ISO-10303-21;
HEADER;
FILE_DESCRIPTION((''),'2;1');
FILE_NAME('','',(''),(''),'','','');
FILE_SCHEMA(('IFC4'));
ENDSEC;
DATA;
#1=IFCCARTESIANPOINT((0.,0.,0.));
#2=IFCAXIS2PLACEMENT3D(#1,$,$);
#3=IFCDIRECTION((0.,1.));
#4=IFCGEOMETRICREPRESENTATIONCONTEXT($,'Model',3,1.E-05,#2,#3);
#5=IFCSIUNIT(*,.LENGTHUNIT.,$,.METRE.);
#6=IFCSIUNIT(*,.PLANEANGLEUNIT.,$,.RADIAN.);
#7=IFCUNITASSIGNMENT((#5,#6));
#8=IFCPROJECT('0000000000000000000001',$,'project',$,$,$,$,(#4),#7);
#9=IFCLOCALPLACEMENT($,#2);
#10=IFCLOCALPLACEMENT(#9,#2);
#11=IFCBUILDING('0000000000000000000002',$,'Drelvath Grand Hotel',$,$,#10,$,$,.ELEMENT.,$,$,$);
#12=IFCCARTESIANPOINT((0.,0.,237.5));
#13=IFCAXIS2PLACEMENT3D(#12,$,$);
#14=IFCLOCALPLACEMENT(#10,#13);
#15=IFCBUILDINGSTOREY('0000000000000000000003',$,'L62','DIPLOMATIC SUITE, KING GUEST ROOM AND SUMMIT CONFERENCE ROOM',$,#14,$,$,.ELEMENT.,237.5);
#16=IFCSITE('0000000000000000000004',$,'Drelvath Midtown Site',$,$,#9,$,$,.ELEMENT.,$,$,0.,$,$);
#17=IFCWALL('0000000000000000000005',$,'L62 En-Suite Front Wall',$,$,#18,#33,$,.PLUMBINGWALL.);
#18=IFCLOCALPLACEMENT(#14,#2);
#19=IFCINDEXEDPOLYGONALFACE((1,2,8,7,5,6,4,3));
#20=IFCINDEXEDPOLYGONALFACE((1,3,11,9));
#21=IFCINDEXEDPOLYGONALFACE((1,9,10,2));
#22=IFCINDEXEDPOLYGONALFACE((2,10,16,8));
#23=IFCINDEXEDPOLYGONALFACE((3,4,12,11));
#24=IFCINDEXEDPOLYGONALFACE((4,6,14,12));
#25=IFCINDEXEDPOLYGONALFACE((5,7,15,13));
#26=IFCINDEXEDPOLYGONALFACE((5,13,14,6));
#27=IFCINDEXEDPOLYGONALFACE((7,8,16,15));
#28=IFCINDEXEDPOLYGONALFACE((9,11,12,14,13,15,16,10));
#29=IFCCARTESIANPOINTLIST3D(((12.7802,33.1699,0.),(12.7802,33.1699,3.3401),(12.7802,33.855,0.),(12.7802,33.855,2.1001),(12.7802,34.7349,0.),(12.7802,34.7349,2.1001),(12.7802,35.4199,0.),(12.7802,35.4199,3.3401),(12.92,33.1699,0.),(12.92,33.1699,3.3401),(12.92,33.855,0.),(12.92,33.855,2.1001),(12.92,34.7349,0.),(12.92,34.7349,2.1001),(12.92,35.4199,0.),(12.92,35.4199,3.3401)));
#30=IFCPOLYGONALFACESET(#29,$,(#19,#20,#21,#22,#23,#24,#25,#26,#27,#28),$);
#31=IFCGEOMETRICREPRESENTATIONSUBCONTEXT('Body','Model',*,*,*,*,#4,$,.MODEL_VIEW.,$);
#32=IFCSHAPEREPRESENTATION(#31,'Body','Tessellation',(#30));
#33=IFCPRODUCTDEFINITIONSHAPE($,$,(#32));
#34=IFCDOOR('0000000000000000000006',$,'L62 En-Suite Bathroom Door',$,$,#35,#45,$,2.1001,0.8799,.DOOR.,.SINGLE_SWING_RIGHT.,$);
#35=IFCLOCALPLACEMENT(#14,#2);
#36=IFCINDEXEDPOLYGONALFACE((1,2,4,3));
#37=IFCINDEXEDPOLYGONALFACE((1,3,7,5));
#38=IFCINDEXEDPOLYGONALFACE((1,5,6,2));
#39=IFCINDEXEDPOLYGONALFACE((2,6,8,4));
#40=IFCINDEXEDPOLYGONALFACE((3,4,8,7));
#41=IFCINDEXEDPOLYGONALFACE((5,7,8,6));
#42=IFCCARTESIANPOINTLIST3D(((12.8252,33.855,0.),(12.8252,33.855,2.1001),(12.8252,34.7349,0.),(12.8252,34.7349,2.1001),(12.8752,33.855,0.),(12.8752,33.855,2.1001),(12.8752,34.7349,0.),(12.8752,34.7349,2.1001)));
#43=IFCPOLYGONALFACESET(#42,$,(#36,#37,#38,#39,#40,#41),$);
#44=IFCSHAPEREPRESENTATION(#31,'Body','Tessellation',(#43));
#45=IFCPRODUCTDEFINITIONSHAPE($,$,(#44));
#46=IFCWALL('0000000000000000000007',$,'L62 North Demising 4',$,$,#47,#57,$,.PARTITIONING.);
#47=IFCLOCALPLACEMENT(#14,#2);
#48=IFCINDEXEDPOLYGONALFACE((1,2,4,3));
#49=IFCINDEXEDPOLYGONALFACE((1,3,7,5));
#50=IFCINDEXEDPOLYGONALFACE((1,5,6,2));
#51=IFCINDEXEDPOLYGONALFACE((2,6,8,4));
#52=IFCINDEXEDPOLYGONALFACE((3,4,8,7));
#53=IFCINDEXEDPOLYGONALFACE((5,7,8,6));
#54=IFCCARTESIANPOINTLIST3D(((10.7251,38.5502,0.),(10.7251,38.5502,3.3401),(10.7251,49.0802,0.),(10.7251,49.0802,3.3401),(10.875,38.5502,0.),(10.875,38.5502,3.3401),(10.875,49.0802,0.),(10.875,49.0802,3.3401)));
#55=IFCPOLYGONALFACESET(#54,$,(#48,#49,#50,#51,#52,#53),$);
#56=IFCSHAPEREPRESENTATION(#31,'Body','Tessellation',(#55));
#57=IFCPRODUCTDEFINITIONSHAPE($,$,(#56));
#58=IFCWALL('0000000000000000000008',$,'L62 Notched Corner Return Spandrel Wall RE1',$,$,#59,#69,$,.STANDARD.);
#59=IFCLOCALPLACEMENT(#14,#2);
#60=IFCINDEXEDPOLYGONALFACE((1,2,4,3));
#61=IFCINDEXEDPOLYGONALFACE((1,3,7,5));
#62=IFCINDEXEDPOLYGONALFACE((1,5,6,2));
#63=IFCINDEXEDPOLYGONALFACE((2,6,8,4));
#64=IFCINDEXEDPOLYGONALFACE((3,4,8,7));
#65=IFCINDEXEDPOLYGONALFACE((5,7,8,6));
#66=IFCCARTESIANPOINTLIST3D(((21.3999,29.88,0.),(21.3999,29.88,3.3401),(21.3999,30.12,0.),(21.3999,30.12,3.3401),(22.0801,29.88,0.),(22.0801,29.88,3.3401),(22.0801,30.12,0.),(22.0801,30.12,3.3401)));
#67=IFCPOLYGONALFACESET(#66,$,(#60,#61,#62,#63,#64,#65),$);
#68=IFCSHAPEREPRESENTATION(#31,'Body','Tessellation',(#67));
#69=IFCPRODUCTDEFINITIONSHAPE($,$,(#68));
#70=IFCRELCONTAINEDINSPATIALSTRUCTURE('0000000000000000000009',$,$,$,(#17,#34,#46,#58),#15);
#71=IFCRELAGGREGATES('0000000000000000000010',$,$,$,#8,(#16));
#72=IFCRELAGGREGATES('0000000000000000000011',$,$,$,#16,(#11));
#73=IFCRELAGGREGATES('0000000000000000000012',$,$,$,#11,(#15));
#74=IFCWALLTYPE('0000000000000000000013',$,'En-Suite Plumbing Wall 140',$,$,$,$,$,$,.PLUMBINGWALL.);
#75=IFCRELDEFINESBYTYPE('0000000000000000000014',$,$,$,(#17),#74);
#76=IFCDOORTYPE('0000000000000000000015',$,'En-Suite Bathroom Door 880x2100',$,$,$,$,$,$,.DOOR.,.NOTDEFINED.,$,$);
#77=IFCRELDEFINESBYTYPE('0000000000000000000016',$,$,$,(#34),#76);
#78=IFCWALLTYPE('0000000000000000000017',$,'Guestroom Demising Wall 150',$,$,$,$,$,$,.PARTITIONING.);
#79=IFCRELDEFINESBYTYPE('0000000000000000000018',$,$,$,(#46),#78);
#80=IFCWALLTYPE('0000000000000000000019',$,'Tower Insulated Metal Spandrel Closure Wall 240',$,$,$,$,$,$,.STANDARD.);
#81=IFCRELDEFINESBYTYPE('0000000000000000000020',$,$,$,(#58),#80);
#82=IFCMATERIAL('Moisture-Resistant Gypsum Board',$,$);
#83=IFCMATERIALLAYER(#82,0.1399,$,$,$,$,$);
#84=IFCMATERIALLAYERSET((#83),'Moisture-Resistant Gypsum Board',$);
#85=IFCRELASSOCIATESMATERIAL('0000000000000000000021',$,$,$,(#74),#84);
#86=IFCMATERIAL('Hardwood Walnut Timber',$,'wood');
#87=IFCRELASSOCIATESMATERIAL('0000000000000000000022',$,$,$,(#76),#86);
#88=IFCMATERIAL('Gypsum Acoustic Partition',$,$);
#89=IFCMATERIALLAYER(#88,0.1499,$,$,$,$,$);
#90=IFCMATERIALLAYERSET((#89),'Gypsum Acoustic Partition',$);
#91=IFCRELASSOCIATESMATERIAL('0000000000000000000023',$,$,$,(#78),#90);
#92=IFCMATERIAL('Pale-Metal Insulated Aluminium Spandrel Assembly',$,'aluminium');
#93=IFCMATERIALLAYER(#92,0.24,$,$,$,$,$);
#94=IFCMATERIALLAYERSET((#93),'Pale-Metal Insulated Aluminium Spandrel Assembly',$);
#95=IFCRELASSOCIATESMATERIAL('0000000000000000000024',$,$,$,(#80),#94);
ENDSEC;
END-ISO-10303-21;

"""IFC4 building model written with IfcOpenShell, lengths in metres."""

from ifc_helpers import new_model, si_unit, direction, frame, frame_2d, origin, place, context, subcontext, project, spatial, rectangle, extrude, material, layer, layer_set, type_object, element, fill, save


model = new_model("IFC4")

# Units and contexts
model_context = context("Model", 3, precision=1e-05, world=origin(), true_north=direction((0.0, 1.0)))
body_context = subcontext(model_context, "Body", "Model", "MODEL_VIEW")
ifc_project = project(units=[si_unit("LENGTHUNIT", "METRE"), si_unit("PLANEANGLEUNIT", "RADIAN")], contexts=[model_context])

# Site, building, storey
site_placement = place(None, origin())
site = spatial("IfcSite", under=ifc_project, at=site_placement, Name="Drelvath Midtown Site", CompositionType="ELEMENT", RefElevation=0.0)
building_placement = place(site_placement, origin())
building = spatial("IfcBuilding", under=site, at=building_placement, Name="Drelvath Grand Hotel", CompositionType="ELEMENT")
storey_placement = place(building_placement, frame((0.0, 0.0, 237.5)))
storey = spatial("IfcBuildingStorey", under=building, at=storey_placement, Name="L62", Description="DIPLOMATIC SUITE, KING GUEST ROOM AND SUMMIT CONFERENCE ROOM", CompositionType="ELEMENT", Elevation=237.5)

# Shared definitions
ifc_material_1 = material(Name="Moisture-Resistant Gypsum Board")
ifc_layer_1 = layer(ifc_material_1, 0.1399)
ifc_layer_set_1 = layer_set([ifc_layer_1], Name="Moisture-Resistant Gypsum Board")
wall_type_1 = type_object("IfcWallType", Name="En-Suite Plumbing Wall 140", PredefinedType="PLUMBINGWALL", material=ifc_layer_set_1)

# Wall, opening, door
wall_1_placement = place(storey_placement, frame((12.8501, 33.1699, 0.0), z_axis=(0.0, 0.0, 1.0), x_axis=(0.0, 1.0, 0.0)))
wall_1 = element("IfcWall", 1, at=wall_1_placement, inside=storey, type_object=wall_type_1, Name="L62 En-Suite Front Wall", PredefinedType="PLUMBINGWALL", context=body_context, shape_type="SweptSolid", body=[
    extrude(rectangle(XDim=2.25, YDim=0.1399, at=frame_2d((1.125, 0.0))), origin(), (0.0, 0.0, 1.0), 3.3401),
])
opening_placement = place(wall_1_placement, frame((0.6851, 0.0, 0.0)))
opening = element("IfcOpeningElement", 2, at=opening_placement, cuts=wall_1, PredefinedType="OPENING", context=body_context, shape_type="SweptSolid", body=[
    extrude(rectangle(XDim=0.8799, YDim=2.1001, at=frame_2d((0.4399, 1.05))), frame((0.0, 0.0798, 0.0), z_axis=(0.0, -1.0, 0.0), x_axis=(1.0, 0.0, 0.0)), (0.0, 0.0, 1.0), 0.1599),
])
ifc_material_2 = material(Name="Hardwood Walnut Timber", Category="wood")
door_type = type_object("IfcDoorType", Name="En-Suite Bathroom Door 880x2100", OperationType="NOTDEFINED", PredefinedType="DOOR", material=ifc_material_2)
door_placement = place(opening_placement, origin())
door = element("IfcDoor", 3, at=door_placement, inside=storey, type_object=door_type, Name="L62 En-Suite Bathroom Door", OperationType="SINGLE_SWING_RIGHT", OverallHeight=2.1001, OverallWidth=0.8799, PredefinedType="DOOR", context=body_context, shape_type="SweptSolid", body=[
    extrude(rectangle(XDim=0.8799, YDim=2.1001, at=frame_2d((0.4399, 1.05))), frame((0.0, 0.0249, 0.0), z_axis=(0.0, -1.0, 0.0), x_axis=(1.0, 0.0, 0.0)), (0.0, 0.0, 1.0), 0.05),
])
fill(opening, door)

# Walls
ifc_material_3 = material(Name="Gypsum Acoustic Partition")
ifc_layer_2 = layer(ifc_material_3, 0.1499)
ifc_layer_set_2 = layer_set([ifc_layer_2], Name="Gypsum Acoustic Partition")
wall_type_2 = type_object("IfcWallType", Name="Guestroom Demising Wall 150", PredefinedType="PARTITIONING", material=ifc_layer_set_2)
wall_2_placement = place(storey_placement, frame((10.8, 38.55, 0.0), z_axis=(0.0, 0.0, 1.0), x_axis=(0.0, 1.0, 0.0)))
element("IfcWall", 4, at=wall_2_placement, inside=storey, type_object=wall_type_2, Name="L62 North Demising 4", PredefinedType="PARTITIONING", context=body_context, shape_type="SweptSolid", body=[
    extrude(rectangle(XDim=10.53, YDim=0.1499, at=frame_2d((5.2651, 0.0))), origin(), (0.0, 0.0, 1.0), 3.3401),
])
ifc_material_4 = material(Name="Pale-Metal Insulated Aluminium Spandrel Assembly", Category="aluminium")
ifc_layer_3 = layer(ifc_material_4, 0.24)
ifc_layer_set_3 = layer_set([ifc_layer_3], Name="Pale-Metal Insulated Aluminium Spandrel Assembly")
wall_type_3 = type_object("IfcWallType", Name="Tower Insulated Metal Spandrel Closure Wall 240", PredefinedType="STANDARD", material=ifc_layer_set_3)
wall_3_placement = place(storey_placement, frame((22.0801, 30.0, 0.0), z_axis=(0.0, 0.0, 1.0), x_axis=(-1.0, 0.0, 0.0)))
element("IfcWall", 5, at=wall_3_placement, inside=storey, type_object=wall_type_3, Name="L62 Notched Corner Return Spandrel Wall RE1", PredefinedType="STANDARD", context=body_context, shape_type="SweptSolid", body=[
    extrude(rectangle(XDim=0.6802, YDim=0.24, at=frame_2d((0.3401, 0.0))), origin(), (0.0, 0.0, 1.0), 3.3401),
])

save(model, "model.ifc")
